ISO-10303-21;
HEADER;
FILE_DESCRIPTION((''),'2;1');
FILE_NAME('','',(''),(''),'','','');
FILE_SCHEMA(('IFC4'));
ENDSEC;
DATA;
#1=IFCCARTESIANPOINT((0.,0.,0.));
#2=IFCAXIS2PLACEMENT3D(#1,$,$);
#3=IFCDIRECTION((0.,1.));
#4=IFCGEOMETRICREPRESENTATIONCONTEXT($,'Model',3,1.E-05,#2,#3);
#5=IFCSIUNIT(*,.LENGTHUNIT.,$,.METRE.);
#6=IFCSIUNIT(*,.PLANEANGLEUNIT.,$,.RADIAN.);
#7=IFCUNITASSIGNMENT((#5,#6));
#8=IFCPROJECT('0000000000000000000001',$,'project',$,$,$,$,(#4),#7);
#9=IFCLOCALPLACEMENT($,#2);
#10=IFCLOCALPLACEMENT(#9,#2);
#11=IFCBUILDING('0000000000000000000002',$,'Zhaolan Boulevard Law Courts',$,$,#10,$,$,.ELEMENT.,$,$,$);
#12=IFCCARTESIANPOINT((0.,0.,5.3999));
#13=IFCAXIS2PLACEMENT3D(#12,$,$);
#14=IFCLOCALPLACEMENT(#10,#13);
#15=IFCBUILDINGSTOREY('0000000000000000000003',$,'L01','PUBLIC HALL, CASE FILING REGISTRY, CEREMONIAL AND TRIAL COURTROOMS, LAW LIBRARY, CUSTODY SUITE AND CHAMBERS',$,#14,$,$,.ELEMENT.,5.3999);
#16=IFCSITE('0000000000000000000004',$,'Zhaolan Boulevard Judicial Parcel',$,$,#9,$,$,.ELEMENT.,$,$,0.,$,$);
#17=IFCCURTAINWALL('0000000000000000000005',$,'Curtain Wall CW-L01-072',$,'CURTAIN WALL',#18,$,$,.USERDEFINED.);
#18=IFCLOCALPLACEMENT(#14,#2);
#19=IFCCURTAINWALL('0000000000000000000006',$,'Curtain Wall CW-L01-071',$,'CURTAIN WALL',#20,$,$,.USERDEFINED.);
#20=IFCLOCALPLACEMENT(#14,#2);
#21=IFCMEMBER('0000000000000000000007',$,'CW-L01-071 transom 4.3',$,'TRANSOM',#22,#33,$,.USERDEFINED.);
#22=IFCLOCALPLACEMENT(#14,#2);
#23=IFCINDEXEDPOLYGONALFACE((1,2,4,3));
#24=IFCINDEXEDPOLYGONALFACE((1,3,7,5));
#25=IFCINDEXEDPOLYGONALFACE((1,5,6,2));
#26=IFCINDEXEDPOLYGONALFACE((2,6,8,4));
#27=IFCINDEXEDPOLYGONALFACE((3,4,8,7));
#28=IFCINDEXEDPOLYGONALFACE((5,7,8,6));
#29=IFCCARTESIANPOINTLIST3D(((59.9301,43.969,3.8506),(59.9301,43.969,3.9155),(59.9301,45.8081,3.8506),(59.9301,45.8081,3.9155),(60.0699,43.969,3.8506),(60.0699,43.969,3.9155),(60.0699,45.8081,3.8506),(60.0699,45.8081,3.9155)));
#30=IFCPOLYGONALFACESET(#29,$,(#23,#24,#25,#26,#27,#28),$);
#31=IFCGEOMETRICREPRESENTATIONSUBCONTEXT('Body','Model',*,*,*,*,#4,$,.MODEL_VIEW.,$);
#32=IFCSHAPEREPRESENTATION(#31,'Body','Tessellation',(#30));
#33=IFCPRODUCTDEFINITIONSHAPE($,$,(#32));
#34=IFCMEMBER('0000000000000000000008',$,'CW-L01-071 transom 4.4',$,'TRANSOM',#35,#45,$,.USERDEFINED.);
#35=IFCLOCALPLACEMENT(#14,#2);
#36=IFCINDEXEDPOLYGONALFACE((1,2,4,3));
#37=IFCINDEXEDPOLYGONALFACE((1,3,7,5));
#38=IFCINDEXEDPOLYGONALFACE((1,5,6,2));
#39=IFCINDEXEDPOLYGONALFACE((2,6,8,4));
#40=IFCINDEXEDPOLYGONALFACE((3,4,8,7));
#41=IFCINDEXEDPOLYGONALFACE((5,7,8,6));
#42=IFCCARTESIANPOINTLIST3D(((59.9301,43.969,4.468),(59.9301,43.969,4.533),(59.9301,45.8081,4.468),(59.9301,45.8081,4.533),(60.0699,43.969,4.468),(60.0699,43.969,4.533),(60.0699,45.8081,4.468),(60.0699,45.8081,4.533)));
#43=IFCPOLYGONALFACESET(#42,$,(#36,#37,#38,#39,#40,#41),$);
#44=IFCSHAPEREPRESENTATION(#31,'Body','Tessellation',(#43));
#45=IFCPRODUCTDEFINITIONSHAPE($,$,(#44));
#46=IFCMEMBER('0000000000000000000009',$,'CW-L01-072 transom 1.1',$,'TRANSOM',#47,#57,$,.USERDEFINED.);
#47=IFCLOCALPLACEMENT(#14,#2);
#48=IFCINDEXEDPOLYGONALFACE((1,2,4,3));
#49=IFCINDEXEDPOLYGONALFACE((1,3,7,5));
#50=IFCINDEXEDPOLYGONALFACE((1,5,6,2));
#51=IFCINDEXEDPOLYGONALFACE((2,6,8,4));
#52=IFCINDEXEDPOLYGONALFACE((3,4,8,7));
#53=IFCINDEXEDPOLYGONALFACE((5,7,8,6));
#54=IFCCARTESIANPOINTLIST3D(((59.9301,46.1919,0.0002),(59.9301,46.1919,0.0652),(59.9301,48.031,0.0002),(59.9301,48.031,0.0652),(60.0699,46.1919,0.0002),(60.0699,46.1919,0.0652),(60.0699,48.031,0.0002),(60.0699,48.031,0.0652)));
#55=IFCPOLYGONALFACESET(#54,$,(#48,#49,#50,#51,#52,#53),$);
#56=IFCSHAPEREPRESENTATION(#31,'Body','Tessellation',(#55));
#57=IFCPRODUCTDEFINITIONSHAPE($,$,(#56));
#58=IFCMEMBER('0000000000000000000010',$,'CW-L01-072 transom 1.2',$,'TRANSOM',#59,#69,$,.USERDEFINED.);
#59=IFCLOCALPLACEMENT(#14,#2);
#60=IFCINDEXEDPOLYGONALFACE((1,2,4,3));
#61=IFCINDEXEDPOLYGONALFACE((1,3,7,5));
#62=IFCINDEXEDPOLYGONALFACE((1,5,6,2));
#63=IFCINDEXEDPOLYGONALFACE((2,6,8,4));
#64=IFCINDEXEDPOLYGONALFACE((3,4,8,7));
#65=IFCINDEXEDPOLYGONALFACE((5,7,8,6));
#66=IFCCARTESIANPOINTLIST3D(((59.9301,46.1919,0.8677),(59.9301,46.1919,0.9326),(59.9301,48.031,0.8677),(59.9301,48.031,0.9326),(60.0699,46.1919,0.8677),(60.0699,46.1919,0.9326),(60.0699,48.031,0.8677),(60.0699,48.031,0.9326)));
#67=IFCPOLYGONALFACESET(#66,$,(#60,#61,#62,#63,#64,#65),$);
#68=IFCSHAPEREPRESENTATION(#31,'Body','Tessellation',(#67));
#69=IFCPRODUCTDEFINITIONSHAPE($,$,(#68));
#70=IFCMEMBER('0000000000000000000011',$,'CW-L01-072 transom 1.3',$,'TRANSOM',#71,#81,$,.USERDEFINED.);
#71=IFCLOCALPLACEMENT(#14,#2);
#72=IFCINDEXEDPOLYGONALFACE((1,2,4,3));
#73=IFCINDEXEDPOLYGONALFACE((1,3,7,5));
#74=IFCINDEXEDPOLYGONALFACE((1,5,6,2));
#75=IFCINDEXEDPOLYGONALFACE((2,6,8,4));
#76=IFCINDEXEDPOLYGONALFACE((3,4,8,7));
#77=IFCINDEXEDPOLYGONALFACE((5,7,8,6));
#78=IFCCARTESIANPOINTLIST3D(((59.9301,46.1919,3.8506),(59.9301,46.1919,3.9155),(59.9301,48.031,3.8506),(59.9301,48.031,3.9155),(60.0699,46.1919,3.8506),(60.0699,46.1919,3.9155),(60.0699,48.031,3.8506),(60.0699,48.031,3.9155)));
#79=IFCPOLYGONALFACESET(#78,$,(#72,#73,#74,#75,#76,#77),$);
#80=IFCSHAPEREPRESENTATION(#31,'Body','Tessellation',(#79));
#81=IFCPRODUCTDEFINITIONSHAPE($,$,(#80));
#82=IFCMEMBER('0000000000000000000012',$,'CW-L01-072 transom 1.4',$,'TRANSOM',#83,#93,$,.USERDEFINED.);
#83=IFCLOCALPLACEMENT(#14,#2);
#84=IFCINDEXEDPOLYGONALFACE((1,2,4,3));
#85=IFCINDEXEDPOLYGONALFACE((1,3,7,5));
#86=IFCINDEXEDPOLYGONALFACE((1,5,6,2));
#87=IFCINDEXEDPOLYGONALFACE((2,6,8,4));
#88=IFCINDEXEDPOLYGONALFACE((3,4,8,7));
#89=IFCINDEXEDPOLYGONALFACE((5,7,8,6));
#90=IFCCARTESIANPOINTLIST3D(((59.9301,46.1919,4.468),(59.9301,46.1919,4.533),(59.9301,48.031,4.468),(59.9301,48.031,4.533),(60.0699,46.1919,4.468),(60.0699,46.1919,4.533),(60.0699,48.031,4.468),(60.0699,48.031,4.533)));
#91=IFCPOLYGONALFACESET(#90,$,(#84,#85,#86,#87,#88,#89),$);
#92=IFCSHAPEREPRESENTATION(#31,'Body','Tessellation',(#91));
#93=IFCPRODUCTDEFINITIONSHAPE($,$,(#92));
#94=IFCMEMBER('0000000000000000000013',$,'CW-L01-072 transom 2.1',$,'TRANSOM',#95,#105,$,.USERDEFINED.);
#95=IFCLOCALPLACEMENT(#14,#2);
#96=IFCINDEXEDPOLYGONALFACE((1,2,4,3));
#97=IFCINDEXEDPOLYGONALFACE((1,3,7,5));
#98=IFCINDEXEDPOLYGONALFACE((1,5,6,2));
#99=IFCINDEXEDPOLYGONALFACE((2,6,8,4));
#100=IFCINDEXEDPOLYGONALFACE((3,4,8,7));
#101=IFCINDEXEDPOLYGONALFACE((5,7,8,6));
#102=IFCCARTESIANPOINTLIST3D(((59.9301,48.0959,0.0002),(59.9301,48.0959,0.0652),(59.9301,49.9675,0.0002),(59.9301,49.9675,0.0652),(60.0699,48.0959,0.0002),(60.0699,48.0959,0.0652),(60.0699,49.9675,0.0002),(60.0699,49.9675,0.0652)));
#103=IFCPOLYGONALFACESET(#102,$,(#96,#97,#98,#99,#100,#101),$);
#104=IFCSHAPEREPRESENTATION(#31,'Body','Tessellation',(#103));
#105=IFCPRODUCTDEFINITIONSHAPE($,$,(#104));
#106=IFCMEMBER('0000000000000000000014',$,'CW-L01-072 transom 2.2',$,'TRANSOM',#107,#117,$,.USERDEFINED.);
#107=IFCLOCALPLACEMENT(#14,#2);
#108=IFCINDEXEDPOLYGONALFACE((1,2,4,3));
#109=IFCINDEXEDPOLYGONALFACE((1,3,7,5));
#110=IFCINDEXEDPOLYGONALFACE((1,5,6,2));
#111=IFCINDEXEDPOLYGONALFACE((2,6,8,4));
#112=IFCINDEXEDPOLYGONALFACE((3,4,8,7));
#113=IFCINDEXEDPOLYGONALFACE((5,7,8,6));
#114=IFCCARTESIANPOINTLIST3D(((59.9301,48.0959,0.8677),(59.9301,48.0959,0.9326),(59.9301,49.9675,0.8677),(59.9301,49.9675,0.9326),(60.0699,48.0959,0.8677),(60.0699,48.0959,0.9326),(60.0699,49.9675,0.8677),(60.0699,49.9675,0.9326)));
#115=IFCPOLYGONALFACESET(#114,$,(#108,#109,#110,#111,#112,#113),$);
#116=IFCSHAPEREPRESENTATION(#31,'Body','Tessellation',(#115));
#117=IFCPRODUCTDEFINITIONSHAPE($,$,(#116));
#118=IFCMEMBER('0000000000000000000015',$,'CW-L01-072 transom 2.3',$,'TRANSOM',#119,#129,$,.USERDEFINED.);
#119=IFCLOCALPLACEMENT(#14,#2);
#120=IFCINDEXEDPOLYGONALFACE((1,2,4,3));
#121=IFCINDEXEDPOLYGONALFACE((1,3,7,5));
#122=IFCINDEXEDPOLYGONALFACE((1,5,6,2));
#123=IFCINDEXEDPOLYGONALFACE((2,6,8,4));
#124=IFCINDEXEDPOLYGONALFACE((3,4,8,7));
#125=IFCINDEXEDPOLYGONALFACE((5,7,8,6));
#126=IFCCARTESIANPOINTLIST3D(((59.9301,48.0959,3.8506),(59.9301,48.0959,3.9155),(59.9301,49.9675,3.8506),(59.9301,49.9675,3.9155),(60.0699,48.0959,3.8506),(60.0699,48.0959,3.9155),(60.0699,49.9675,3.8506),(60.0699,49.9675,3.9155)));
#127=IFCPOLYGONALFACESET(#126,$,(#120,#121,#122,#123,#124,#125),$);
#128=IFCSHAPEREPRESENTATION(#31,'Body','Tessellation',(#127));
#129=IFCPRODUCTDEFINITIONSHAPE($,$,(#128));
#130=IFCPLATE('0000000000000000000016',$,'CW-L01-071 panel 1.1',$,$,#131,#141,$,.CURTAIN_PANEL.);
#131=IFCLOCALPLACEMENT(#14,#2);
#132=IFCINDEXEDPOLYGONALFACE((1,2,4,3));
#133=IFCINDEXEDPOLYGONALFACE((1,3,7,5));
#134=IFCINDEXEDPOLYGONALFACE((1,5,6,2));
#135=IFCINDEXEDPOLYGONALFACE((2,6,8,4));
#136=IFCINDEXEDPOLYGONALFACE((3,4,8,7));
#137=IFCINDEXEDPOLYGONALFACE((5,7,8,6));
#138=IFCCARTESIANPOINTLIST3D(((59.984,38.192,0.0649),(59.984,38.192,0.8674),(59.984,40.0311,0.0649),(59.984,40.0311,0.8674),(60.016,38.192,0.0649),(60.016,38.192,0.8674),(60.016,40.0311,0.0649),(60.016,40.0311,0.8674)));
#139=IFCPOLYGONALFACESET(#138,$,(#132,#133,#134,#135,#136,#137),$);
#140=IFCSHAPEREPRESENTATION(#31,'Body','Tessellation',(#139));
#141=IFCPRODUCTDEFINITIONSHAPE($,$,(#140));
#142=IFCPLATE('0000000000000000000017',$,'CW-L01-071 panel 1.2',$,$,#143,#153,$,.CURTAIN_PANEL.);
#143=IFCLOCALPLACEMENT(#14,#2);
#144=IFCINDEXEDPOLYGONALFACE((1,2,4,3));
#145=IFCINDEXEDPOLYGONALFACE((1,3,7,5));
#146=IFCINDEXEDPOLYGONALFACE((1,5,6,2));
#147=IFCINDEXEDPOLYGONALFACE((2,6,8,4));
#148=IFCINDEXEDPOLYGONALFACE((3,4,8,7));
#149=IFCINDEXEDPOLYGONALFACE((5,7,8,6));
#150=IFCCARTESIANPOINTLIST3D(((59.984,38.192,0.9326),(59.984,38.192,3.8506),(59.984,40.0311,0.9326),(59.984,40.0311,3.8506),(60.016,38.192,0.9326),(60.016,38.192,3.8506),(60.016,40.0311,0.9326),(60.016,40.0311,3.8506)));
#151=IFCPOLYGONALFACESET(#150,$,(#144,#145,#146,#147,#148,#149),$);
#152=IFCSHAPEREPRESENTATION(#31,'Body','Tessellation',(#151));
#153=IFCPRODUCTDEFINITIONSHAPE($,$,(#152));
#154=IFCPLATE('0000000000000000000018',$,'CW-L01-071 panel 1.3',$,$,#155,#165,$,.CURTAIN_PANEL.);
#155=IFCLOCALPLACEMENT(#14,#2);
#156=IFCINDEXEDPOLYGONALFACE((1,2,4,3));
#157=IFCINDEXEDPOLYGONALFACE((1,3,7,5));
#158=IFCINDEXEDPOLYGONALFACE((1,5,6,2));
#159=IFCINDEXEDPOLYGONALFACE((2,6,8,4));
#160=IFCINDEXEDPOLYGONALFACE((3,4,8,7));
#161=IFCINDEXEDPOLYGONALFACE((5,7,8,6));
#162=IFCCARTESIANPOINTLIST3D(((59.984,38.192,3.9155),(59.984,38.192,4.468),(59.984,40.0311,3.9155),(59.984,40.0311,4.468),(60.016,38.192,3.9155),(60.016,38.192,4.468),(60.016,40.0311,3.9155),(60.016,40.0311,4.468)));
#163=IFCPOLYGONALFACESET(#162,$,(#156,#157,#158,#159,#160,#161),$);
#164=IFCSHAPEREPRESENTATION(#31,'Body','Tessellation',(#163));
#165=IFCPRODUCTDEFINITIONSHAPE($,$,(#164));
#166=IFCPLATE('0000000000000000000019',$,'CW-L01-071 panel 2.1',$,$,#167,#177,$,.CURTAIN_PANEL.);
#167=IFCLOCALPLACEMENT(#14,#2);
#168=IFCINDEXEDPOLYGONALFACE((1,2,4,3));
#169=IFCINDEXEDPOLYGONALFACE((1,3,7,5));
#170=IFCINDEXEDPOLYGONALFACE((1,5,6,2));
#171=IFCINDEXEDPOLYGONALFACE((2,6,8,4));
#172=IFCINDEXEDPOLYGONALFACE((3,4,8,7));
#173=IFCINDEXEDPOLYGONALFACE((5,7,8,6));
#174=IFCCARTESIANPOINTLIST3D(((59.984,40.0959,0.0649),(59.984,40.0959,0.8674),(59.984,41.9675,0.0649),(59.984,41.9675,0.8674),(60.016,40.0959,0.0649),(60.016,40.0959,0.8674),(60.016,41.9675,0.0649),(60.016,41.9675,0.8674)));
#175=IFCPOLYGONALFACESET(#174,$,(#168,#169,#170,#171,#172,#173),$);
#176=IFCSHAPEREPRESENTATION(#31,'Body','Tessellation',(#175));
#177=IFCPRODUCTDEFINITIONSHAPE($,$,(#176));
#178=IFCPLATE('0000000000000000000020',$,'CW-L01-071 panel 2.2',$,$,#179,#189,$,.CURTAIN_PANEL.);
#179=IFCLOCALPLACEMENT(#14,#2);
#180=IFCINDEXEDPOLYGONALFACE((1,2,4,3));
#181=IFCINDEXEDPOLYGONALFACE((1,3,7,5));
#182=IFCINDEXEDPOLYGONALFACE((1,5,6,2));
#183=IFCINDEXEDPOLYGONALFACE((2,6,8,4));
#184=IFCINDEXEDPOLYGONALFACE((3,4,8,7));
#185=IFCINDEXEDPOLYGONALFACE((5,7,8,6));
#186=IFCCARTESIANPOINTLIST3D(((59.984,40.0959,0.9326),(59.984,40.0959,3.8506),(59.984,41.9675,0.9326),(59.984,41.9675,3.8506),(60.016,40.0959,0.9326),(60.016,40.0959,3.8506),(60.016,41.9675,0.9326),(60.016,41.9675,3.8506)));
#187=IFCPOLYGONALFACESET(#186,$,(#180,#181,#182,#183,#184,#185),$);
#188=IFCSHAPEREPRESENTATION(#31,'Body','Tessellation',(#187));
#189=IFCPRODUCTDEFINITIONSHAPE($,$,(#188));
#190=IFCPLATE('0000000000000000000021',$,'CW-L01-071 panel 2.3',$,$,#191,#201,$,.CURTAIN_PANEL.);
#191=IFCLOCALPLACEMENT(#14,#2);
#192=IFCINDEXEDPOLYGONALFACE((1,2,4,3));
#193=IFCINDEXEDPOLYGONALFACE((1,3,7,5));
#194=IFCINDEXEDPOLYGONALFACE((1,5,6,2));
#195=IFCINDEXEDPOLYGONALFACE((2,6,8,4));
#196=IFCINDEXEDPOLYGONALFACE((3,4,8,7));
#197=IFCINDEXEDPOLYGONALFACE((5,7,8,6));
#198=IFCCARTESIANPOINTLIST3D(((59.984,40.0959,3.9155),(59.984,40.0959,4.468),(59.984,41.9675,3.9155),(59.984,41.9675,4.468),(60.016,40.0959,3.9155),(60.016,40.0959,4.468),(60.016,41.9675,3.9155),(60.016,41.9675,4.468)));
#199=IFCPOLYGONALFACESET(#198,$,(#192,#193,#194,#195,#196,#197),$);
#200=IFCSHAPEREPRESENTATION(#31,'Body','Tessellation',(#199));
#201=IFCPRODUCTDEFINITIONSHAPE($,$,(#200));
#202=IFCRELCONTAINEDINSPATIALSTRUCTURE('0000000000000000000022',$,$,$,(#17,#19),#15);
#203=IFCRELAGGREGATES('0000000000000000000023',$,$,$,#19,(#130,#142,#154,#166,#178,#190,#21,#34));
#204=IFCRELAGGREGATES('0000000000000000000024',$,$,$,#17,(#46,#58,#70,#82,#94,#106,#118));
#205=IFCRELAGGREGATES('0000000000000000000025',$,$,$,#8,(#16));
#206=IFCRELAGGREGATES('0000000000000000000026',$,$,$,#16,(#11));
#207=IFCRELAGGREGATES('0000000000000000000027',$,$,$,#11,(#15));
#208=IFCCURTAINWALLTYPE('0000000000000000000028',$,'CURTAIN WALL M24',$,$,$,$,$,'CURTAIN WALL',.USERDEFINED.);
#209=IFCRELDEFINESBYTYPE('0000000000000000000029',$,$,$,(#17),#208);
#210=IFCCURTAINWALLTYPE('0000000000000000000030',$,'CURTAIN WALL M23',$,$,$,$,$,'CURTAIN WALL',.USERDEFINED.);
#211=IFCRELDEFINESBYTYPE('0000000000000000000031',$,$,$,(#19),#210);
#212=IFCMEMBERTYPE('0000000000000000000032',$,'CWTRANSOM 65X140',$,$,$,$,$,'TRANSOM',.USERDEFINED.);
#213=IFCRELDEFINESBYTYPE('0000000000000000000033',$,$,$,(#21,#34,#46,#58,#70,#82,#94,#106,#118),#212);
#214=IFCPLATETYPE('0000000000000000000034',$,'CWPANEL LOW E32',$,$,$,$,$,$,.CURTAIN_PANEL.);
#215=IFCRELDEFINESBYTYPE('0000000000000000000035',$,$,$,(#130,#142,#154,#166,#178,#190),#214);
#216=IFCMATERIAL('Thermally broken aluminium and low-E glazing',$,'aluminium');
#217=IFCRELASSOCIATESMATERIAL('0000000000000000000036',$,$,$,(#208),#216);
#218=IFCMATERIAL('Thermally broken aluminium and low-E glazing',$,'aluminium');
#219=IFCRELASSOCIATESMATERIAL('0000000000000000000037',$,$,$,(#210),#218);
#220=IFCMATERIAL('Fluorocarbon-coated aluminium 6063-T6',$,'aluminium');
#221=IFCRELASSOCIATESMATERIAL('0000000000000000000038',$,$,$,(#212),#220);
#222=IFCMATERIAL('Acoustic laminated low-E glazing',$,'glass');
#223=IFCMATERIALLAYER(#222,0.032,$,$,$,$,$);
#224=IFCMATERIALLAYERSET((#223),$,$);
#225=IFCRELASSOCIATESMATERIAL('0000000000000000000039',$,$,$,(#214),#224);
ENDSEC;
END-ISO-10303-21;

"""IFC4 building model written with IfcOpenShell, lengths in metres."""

from ifc_helpers import new_model, si_unit, direction, frame, origin, origin_2d, place, context, subcontext, project, spatial, rectangle, extrude, material, layer, layer_set, material_profile, profile_set, type_object, element, aggregate, save


model = new_model("IFC4")

# Units and contexts
model_context = context("Model", 3, precision=1e-05, world=origin(), true_north=direction((0.0, 1.0)))
body_context = subcontext(model_context, "Body", "Model", "MODEL_VIEW")
ifc_project = project(units=[si_unit("LENGTHUNIT", "METRE"), si_unit("PLANEANGLEUNIT", "RADIAN")], contexts=[model_context])

# Site, building, storey
site_placement = place(None, origin())
site = spatial("IfcSite", under=ifc_project, at=site_placement, Name="Zhaolan Boulevard Judicial Parcel", CompositionType="ELEMENT", RefElevation=0.0)
building_placement = place(site_placement, origin())
building = spatial("IfcBuilding", under=site, at=building_placement, Name="Zhaolan Boulevard Law Courts", CompositionType="ELEMENT")
storey_placement = place(building_placement, frame((0.0, 0.0, 5.3999)))
storey = spatial("IfcBuildingStorey", under=building, at=storey_placement, Name="L01", Description="PUBLIC HALL, CASE FILING REGISTRY, CEREMONIAL AND TRIAL COURTROOMS, LAW LIBRARY, CUSTODY SUITE AND CHAMBERS", CompositionType="ELEMENT", Elevation=5.3999)

# Curtain walls, members
ifc_material_1 = material(Name="Thermally broken aluminium and low-E glazing", Category="aluminium")
curtain_wall_type_1 = type_object("IfcCurtainWallType", Name="CURTAIN WALL M24", ElementType="CURTAIN WALL", PredefinedType="USERDEFINED", material=ifc_material_1)
curtain_wall_1_placement = place(storey_placement, origin())
curtain_wall_1 = element("IfcCurtainWall", 1, at=curtain_wall_1_placement, inside=storey, type_object=curtain_wall_type_1, Name="Curtain Wall CW-L01-072", ObjectType="CURTAIN WALL", PredefinedType="USERDEFINED")
ifc_material_2 = material(Name="Thermally broken aluminium and low-E glazing", Category="aluminium")
curtain_wall_type_2 = type_object("IfcCurtainWallType", Name="CURTAIN WALL M23", ElementType="CURTAIN WALL", PredefinedType="USERDEFINED", material=ifc_material_2)
curtain_wall_2_placement = place(storey_placement, origin())
curtain_wall_2 = element("IfcCurtainWall", 2, at=curtain_wall_2_placement, inside=storey, type_object=curtain_wall_type_2, Name="Curtain Wall CW-L01-071", ObjectType="CURTAIN WALL", PredefinedType="USERDEFINED")
ifc_material_3 = material(Name="Fluorocarbon-coated aluminium 6063-T6", Category="aluminium")
ifc_material_profile_1 = material_profile(ifc_material_3, rectangle(XDim=0.1399, YDim=0.0649, at=origin_2d()), Name="AL65x140")
ifc_profile_set_1 = profile_set([ifc_material_profile_1], Name="Fluorocarbon-coated aluminium 6063-T6")
member_type_1 = type_object("IfcMemberType", Name="CWTRANSOM 65X140", ElementType="TRANSOM", PredefinedType="USERDEFINED", material=ifc_profile_set_1)
member_1_placement = place(storey_placement, frame((60.0, 43.969, 3.8831), z_axis=(0.0, 1.0, 0.0), x_axis=(-1.0, 0.0, 0.0)))
member_1 = element("IfcMember", 3, at=member_1_placement, type_object=member_type_1, Name="CW-L01-071 transom 4.3", ObjectType="TRANSOM", PredefinedType="USERDEFINED", context=body_context, shape_type="SweptSolid", body=[
    extrude(rectangle(XDim=0.1399, YDim=0.0649, at=origin_2d()), origin(), (0.0, 0.0, 1.0), 1.8391),
])
member_2_placement = place(storey_placement, frame((60.0, 43.969, 4.5005), z_axis=(0.0, 1.0, 0.0), x_axis=(-1.0, 0.0, 0.0)))
member_2 = element("IfcMember", 4, at=member_2_placement, type_object=member_type_1, Name="CW-L01-071 transom 4.4", ObjectType="TRANSOM", PredefinedType="USERDEFINED", context=body_context, shape_type="SweptSolid", body=[
    extrude(rectangle(XDim=0.1399, YDim=0.0649, at=origin_2d()), origin(), (0.0, 0.0, 1.0), 1.8391),
])

# Members
member_3_placement = place(storey_placement, frame((60.0, 46.1919, 0.0327), z_axis=(0.0, 1.0, 0.0), x_axis=(-1.0, 0.0, 0.0)))
member_3 = element("IfcMember", 5, at=member_3_placement, type_object=member_type_1, Name="CW-L01-072 transom 1.1", ObjectType="TRANSOM", PredefinedType="USERDEFINED", context=body_context, shape_type="SweptSolid", body=[
    extrude(rectangle(XDim=0.1399, YDim=0.0649, at=origin_2d()), origin(), (0.0, 0.0, 1.0), 1.8391),
])
member_4_placement = place(storey_placement, frame((60.0, 46.1919, 0.9001), z_axis=(0.0, 1.0, 0.0), x_axis=(-1.0, 0.0, 0.0)))
member_4 = element("IfcMember", 6, at=member_4_placement, type_object=member_type_1, Name="CW-L01-072 transom 1.2", ObjectType="TRANSOM", PredefinedType="USERDEFINED", context=body_context, shape_type="SweptSolid", body=[
    extrude(rectangle(XDim=0.1399, YDim=0.0649, at=origin_2d()), origin(), (0.0, 0.0, 1.0), 1.8391),
])
member_5_placement = place(storey_placement, frame((60.0, 46.1919, 3.8831), z_axis=(0.0, 1.0, 0.0), x_axis=(-1.0, 0.0, 0.0)))
member_5 = element("IfcMember", 7, at=member_5_placement, type_object=member_type_1, Name="CW-L01-072 transom 1.3", ObjectType="TRANSOM", PredefinedType="USERDEFINED", context=body_context, shape_type="SweptSolid", body=[
    extrude(rectangle(XDim=0.1399, YDim=0.0649, at=origin_2d()), origin(), (0.0, 0.0, 1.0), 1.8391),
])
member_6_placement = place(storey_placement, frame((60.0, 46.1919, 4.5005), z_axis=(0.0, 1.0, 0.0), x_axis=(-1.0, 0.0, 0.0)))
member_6 = element("IfcMember", 8, at=member_6_placement, type_object=member_type_1, Name="CW-L01-072 transom 1.4", ObjectType="TRANSOM", PredefinedType="USERDEFINED", context=body_context, shape_type="SweptSolid", body=[
    extrude(rectangle(XDim=0.1399, YDim=0.0649, at=origin_2d()), origin(), (0.0, 0.0, 1.0), 1.8391),
])
member_7_placement = place(storey_placement, frame((60.0, 48.0959, 0.0327), z_axis=(0.0, 1.0, 0.0), x_axis=(-1.0, 0.0, 0.0)))
member_7 = element("IfcMember", 9, at=member_7_placement, type_object=member_type_1, Name="CW-L01-072 transom 2.1", ObjectType="TRANSOM", PredefinedType="USERDEFINED", context=body_context, shape_type="SweptSolid", body=[
    extrude(rectangle(XDim=0.1399, YDim=0.0649, at=origin_2d()), origin(), (0.0, 0.0, 1.0), 1.8716),
])
member_8_placement = place(storey_placement, frame((60.0, 48.0959, 0.9001), z_axis=(0.0, 1.0, 0.0), x_axis=(-1.0, 0.0, 0.0)))
member_8 = element("IfcMember", 10, at=member_8_placement, type_object=member_type_1, Name="CW-L01-072 transom 2.2", ObjectType="TRANSOM", PredefinedType="USERDEFINED", context=body_context, shape_type="SweptSolid", body=[
    extrude(rectangle(XDim=0.1399, YDim=0.0649, at=origin_2d()), origin(), (0.0, 0.0, 1.0), 1.8716),
])
member_9_placement = place(storey_placement, frame((60.0, 48.0959, 3.8831), z_axis=(0.0, 1.0, 0.0), x_axis=(-1.0, 0.0, 0.0)))
member_9 = element("IfcMember", 11, at=member_9_placement, type_object=member_type_1, Name="CW-L01-072 transom 2.3", ObjectType="TRANSOM", PredefinedType="USERDEFINED", context=body_context, shape_type="SweptSolid", body=[
    extrude(rectangle(XDim=0.1399, YDim=0.0649, at=origin_2d()), origin(), (0.0, 0.0, 1.0), 1.8716),
])

# Plates
ifc_material_4 = material(Name="Acoustic laminated low-E glazing", Category="glass")
ifc_layer = layer(ifc_material_4, 0.032)
ifc_layer_set = layer_set([ifc_layer])
plate_type = type_object("IfcPlateType", Name="CWPANEL LOW E32", PredefinedType="CURTAIN_PANEL", material=ifc_layer_set)
plate_1_placement = place(storey_placement, frame((60.0, 39.1116, 0.0649), z_axis=(0.0, 0.0, 1.0), x_axis=(0.0, 1.0, 0.0)))
plate_1 = element("IfcPlate", 12, at=plate_1_placement, type_object=plate_type, Name="CW-L01-071 panel 1.1", PredefinedType="CURTAIN_PANEL", context=body_context, shape_type="SweptSolid", body=[
    extrude(rectangle(XDim=1.8391, YDim=0.032, at=origin_2d()), origin(), (0.0, 0.0, 1.0), 0.8025),
])
plate_2_placement = place(storey_placement, frame((60.0, 39.1116, 0.9326), z_axis=(0.0, 0.0, 1.0), x_axis=(0.0, 1.0, 0.0)))
plate_2 = element("IfcPlate", 13, at=plate_2_placement, type_object=plate_type, Name="CW-L01-071 panel 1.2", PredefinedType="CURTAIN_PANEL", context=body_context, shape_type="SweptSolid", body=[
    extrude(rectangle(XDim=1.8391, YDim=0.032, at=origin_2d()), origin(), (0.0, 0.0, 1.0), 2.918),
])
plate_3_placement = place(storey_placement, frame((60.0, 39.1116, 3.9155), z_axis=(0.0, 0.0, 1.0), x_axis=(0.0, 1.0, 0.0)))
plate_3 = element("IfcPlate", 14, at=plate_3_placement, type_object=plate_type, Name="CW-L01-071 panel 1.3", PredefinedType="CURTAIN_PANEL", context=body_context, shape_type="SweptSolid", body=[
    extrude(rectangle(XDim=1.8391, YDim=0.032, at=origin_2d()), origin(), (0.0, 0.0, 1.0), 0.5525),
])
plate_4_placement = place(storey_placement, frame((60.0, 41.0317, 0.0649), z_axis=(0.0, 0.0, 1.0), x_axis=(0.0, 1.0, 0.0)))
plate_4 = element("IfcPlate", 15, at=plate_4_placement, type_object=plate_type, Name="CW-L01-071 panel 2.1", PredefinedType="CURTAIN_PANEL", context=body_context, shape_type="SweptSolid", body=[
    extrude(rectangle(XDim=1.8716, YDim=0.032, at=origin_2d()), origin(), (0.0, 0.0, 1.0), 0.8025),
])
plate_5_placement = place(storey_placement, frame((60.0, 41.0317, 0.9326), z_axis=(0.0, 0.0, 1.0), x_axis=(0.0, 1.0, 0.0)))
plate_5 = element("IfcPlate", 16, at=plate_5_placement, type_object=plate_type, Name="CW-L01-071 panel 2.2", PredefinedType="CURTAIN_PANEL", context=body_context, shape_type="SweptSolid", body=[
    extrude(rectangle(XDim=1.8716, YDim=0.032, at=origin_2d()), origin(), (0.0, 0.0, 1.0), 2.918),
])
plate_6_placement = place(storey_placement, frame((60.0, 41.0317, 3.9155), z_axis=(0.0, 0.0, 1.0), x_axis=(0.0, 1.0, 0.0)))
plate_6 = element("IfcPlate", 17, at=plate_6_placement, type_object=plate_type, Name="CW-L01-071 panel 2.3", PredefinedType="CURTAIN_PANEL", context=body_context, shape_type="SweptSolid", body=[
    extrude(rectangle(XDim=1.8716, YDim=0.032, at=origin_2d()), origin(), (0.0, 0.0, 1.0), 0.5525),
])
aggregate(curtain_wall_2, [plate_1, plate_2, plate_3, plate_4, plate_5, plate_6, member_1, member_2])
aggregate(curtain_wall_1, [member_3, member_4, member_5, member_6, member_7, member_8, member_9])

save(model, "model.ifc")
